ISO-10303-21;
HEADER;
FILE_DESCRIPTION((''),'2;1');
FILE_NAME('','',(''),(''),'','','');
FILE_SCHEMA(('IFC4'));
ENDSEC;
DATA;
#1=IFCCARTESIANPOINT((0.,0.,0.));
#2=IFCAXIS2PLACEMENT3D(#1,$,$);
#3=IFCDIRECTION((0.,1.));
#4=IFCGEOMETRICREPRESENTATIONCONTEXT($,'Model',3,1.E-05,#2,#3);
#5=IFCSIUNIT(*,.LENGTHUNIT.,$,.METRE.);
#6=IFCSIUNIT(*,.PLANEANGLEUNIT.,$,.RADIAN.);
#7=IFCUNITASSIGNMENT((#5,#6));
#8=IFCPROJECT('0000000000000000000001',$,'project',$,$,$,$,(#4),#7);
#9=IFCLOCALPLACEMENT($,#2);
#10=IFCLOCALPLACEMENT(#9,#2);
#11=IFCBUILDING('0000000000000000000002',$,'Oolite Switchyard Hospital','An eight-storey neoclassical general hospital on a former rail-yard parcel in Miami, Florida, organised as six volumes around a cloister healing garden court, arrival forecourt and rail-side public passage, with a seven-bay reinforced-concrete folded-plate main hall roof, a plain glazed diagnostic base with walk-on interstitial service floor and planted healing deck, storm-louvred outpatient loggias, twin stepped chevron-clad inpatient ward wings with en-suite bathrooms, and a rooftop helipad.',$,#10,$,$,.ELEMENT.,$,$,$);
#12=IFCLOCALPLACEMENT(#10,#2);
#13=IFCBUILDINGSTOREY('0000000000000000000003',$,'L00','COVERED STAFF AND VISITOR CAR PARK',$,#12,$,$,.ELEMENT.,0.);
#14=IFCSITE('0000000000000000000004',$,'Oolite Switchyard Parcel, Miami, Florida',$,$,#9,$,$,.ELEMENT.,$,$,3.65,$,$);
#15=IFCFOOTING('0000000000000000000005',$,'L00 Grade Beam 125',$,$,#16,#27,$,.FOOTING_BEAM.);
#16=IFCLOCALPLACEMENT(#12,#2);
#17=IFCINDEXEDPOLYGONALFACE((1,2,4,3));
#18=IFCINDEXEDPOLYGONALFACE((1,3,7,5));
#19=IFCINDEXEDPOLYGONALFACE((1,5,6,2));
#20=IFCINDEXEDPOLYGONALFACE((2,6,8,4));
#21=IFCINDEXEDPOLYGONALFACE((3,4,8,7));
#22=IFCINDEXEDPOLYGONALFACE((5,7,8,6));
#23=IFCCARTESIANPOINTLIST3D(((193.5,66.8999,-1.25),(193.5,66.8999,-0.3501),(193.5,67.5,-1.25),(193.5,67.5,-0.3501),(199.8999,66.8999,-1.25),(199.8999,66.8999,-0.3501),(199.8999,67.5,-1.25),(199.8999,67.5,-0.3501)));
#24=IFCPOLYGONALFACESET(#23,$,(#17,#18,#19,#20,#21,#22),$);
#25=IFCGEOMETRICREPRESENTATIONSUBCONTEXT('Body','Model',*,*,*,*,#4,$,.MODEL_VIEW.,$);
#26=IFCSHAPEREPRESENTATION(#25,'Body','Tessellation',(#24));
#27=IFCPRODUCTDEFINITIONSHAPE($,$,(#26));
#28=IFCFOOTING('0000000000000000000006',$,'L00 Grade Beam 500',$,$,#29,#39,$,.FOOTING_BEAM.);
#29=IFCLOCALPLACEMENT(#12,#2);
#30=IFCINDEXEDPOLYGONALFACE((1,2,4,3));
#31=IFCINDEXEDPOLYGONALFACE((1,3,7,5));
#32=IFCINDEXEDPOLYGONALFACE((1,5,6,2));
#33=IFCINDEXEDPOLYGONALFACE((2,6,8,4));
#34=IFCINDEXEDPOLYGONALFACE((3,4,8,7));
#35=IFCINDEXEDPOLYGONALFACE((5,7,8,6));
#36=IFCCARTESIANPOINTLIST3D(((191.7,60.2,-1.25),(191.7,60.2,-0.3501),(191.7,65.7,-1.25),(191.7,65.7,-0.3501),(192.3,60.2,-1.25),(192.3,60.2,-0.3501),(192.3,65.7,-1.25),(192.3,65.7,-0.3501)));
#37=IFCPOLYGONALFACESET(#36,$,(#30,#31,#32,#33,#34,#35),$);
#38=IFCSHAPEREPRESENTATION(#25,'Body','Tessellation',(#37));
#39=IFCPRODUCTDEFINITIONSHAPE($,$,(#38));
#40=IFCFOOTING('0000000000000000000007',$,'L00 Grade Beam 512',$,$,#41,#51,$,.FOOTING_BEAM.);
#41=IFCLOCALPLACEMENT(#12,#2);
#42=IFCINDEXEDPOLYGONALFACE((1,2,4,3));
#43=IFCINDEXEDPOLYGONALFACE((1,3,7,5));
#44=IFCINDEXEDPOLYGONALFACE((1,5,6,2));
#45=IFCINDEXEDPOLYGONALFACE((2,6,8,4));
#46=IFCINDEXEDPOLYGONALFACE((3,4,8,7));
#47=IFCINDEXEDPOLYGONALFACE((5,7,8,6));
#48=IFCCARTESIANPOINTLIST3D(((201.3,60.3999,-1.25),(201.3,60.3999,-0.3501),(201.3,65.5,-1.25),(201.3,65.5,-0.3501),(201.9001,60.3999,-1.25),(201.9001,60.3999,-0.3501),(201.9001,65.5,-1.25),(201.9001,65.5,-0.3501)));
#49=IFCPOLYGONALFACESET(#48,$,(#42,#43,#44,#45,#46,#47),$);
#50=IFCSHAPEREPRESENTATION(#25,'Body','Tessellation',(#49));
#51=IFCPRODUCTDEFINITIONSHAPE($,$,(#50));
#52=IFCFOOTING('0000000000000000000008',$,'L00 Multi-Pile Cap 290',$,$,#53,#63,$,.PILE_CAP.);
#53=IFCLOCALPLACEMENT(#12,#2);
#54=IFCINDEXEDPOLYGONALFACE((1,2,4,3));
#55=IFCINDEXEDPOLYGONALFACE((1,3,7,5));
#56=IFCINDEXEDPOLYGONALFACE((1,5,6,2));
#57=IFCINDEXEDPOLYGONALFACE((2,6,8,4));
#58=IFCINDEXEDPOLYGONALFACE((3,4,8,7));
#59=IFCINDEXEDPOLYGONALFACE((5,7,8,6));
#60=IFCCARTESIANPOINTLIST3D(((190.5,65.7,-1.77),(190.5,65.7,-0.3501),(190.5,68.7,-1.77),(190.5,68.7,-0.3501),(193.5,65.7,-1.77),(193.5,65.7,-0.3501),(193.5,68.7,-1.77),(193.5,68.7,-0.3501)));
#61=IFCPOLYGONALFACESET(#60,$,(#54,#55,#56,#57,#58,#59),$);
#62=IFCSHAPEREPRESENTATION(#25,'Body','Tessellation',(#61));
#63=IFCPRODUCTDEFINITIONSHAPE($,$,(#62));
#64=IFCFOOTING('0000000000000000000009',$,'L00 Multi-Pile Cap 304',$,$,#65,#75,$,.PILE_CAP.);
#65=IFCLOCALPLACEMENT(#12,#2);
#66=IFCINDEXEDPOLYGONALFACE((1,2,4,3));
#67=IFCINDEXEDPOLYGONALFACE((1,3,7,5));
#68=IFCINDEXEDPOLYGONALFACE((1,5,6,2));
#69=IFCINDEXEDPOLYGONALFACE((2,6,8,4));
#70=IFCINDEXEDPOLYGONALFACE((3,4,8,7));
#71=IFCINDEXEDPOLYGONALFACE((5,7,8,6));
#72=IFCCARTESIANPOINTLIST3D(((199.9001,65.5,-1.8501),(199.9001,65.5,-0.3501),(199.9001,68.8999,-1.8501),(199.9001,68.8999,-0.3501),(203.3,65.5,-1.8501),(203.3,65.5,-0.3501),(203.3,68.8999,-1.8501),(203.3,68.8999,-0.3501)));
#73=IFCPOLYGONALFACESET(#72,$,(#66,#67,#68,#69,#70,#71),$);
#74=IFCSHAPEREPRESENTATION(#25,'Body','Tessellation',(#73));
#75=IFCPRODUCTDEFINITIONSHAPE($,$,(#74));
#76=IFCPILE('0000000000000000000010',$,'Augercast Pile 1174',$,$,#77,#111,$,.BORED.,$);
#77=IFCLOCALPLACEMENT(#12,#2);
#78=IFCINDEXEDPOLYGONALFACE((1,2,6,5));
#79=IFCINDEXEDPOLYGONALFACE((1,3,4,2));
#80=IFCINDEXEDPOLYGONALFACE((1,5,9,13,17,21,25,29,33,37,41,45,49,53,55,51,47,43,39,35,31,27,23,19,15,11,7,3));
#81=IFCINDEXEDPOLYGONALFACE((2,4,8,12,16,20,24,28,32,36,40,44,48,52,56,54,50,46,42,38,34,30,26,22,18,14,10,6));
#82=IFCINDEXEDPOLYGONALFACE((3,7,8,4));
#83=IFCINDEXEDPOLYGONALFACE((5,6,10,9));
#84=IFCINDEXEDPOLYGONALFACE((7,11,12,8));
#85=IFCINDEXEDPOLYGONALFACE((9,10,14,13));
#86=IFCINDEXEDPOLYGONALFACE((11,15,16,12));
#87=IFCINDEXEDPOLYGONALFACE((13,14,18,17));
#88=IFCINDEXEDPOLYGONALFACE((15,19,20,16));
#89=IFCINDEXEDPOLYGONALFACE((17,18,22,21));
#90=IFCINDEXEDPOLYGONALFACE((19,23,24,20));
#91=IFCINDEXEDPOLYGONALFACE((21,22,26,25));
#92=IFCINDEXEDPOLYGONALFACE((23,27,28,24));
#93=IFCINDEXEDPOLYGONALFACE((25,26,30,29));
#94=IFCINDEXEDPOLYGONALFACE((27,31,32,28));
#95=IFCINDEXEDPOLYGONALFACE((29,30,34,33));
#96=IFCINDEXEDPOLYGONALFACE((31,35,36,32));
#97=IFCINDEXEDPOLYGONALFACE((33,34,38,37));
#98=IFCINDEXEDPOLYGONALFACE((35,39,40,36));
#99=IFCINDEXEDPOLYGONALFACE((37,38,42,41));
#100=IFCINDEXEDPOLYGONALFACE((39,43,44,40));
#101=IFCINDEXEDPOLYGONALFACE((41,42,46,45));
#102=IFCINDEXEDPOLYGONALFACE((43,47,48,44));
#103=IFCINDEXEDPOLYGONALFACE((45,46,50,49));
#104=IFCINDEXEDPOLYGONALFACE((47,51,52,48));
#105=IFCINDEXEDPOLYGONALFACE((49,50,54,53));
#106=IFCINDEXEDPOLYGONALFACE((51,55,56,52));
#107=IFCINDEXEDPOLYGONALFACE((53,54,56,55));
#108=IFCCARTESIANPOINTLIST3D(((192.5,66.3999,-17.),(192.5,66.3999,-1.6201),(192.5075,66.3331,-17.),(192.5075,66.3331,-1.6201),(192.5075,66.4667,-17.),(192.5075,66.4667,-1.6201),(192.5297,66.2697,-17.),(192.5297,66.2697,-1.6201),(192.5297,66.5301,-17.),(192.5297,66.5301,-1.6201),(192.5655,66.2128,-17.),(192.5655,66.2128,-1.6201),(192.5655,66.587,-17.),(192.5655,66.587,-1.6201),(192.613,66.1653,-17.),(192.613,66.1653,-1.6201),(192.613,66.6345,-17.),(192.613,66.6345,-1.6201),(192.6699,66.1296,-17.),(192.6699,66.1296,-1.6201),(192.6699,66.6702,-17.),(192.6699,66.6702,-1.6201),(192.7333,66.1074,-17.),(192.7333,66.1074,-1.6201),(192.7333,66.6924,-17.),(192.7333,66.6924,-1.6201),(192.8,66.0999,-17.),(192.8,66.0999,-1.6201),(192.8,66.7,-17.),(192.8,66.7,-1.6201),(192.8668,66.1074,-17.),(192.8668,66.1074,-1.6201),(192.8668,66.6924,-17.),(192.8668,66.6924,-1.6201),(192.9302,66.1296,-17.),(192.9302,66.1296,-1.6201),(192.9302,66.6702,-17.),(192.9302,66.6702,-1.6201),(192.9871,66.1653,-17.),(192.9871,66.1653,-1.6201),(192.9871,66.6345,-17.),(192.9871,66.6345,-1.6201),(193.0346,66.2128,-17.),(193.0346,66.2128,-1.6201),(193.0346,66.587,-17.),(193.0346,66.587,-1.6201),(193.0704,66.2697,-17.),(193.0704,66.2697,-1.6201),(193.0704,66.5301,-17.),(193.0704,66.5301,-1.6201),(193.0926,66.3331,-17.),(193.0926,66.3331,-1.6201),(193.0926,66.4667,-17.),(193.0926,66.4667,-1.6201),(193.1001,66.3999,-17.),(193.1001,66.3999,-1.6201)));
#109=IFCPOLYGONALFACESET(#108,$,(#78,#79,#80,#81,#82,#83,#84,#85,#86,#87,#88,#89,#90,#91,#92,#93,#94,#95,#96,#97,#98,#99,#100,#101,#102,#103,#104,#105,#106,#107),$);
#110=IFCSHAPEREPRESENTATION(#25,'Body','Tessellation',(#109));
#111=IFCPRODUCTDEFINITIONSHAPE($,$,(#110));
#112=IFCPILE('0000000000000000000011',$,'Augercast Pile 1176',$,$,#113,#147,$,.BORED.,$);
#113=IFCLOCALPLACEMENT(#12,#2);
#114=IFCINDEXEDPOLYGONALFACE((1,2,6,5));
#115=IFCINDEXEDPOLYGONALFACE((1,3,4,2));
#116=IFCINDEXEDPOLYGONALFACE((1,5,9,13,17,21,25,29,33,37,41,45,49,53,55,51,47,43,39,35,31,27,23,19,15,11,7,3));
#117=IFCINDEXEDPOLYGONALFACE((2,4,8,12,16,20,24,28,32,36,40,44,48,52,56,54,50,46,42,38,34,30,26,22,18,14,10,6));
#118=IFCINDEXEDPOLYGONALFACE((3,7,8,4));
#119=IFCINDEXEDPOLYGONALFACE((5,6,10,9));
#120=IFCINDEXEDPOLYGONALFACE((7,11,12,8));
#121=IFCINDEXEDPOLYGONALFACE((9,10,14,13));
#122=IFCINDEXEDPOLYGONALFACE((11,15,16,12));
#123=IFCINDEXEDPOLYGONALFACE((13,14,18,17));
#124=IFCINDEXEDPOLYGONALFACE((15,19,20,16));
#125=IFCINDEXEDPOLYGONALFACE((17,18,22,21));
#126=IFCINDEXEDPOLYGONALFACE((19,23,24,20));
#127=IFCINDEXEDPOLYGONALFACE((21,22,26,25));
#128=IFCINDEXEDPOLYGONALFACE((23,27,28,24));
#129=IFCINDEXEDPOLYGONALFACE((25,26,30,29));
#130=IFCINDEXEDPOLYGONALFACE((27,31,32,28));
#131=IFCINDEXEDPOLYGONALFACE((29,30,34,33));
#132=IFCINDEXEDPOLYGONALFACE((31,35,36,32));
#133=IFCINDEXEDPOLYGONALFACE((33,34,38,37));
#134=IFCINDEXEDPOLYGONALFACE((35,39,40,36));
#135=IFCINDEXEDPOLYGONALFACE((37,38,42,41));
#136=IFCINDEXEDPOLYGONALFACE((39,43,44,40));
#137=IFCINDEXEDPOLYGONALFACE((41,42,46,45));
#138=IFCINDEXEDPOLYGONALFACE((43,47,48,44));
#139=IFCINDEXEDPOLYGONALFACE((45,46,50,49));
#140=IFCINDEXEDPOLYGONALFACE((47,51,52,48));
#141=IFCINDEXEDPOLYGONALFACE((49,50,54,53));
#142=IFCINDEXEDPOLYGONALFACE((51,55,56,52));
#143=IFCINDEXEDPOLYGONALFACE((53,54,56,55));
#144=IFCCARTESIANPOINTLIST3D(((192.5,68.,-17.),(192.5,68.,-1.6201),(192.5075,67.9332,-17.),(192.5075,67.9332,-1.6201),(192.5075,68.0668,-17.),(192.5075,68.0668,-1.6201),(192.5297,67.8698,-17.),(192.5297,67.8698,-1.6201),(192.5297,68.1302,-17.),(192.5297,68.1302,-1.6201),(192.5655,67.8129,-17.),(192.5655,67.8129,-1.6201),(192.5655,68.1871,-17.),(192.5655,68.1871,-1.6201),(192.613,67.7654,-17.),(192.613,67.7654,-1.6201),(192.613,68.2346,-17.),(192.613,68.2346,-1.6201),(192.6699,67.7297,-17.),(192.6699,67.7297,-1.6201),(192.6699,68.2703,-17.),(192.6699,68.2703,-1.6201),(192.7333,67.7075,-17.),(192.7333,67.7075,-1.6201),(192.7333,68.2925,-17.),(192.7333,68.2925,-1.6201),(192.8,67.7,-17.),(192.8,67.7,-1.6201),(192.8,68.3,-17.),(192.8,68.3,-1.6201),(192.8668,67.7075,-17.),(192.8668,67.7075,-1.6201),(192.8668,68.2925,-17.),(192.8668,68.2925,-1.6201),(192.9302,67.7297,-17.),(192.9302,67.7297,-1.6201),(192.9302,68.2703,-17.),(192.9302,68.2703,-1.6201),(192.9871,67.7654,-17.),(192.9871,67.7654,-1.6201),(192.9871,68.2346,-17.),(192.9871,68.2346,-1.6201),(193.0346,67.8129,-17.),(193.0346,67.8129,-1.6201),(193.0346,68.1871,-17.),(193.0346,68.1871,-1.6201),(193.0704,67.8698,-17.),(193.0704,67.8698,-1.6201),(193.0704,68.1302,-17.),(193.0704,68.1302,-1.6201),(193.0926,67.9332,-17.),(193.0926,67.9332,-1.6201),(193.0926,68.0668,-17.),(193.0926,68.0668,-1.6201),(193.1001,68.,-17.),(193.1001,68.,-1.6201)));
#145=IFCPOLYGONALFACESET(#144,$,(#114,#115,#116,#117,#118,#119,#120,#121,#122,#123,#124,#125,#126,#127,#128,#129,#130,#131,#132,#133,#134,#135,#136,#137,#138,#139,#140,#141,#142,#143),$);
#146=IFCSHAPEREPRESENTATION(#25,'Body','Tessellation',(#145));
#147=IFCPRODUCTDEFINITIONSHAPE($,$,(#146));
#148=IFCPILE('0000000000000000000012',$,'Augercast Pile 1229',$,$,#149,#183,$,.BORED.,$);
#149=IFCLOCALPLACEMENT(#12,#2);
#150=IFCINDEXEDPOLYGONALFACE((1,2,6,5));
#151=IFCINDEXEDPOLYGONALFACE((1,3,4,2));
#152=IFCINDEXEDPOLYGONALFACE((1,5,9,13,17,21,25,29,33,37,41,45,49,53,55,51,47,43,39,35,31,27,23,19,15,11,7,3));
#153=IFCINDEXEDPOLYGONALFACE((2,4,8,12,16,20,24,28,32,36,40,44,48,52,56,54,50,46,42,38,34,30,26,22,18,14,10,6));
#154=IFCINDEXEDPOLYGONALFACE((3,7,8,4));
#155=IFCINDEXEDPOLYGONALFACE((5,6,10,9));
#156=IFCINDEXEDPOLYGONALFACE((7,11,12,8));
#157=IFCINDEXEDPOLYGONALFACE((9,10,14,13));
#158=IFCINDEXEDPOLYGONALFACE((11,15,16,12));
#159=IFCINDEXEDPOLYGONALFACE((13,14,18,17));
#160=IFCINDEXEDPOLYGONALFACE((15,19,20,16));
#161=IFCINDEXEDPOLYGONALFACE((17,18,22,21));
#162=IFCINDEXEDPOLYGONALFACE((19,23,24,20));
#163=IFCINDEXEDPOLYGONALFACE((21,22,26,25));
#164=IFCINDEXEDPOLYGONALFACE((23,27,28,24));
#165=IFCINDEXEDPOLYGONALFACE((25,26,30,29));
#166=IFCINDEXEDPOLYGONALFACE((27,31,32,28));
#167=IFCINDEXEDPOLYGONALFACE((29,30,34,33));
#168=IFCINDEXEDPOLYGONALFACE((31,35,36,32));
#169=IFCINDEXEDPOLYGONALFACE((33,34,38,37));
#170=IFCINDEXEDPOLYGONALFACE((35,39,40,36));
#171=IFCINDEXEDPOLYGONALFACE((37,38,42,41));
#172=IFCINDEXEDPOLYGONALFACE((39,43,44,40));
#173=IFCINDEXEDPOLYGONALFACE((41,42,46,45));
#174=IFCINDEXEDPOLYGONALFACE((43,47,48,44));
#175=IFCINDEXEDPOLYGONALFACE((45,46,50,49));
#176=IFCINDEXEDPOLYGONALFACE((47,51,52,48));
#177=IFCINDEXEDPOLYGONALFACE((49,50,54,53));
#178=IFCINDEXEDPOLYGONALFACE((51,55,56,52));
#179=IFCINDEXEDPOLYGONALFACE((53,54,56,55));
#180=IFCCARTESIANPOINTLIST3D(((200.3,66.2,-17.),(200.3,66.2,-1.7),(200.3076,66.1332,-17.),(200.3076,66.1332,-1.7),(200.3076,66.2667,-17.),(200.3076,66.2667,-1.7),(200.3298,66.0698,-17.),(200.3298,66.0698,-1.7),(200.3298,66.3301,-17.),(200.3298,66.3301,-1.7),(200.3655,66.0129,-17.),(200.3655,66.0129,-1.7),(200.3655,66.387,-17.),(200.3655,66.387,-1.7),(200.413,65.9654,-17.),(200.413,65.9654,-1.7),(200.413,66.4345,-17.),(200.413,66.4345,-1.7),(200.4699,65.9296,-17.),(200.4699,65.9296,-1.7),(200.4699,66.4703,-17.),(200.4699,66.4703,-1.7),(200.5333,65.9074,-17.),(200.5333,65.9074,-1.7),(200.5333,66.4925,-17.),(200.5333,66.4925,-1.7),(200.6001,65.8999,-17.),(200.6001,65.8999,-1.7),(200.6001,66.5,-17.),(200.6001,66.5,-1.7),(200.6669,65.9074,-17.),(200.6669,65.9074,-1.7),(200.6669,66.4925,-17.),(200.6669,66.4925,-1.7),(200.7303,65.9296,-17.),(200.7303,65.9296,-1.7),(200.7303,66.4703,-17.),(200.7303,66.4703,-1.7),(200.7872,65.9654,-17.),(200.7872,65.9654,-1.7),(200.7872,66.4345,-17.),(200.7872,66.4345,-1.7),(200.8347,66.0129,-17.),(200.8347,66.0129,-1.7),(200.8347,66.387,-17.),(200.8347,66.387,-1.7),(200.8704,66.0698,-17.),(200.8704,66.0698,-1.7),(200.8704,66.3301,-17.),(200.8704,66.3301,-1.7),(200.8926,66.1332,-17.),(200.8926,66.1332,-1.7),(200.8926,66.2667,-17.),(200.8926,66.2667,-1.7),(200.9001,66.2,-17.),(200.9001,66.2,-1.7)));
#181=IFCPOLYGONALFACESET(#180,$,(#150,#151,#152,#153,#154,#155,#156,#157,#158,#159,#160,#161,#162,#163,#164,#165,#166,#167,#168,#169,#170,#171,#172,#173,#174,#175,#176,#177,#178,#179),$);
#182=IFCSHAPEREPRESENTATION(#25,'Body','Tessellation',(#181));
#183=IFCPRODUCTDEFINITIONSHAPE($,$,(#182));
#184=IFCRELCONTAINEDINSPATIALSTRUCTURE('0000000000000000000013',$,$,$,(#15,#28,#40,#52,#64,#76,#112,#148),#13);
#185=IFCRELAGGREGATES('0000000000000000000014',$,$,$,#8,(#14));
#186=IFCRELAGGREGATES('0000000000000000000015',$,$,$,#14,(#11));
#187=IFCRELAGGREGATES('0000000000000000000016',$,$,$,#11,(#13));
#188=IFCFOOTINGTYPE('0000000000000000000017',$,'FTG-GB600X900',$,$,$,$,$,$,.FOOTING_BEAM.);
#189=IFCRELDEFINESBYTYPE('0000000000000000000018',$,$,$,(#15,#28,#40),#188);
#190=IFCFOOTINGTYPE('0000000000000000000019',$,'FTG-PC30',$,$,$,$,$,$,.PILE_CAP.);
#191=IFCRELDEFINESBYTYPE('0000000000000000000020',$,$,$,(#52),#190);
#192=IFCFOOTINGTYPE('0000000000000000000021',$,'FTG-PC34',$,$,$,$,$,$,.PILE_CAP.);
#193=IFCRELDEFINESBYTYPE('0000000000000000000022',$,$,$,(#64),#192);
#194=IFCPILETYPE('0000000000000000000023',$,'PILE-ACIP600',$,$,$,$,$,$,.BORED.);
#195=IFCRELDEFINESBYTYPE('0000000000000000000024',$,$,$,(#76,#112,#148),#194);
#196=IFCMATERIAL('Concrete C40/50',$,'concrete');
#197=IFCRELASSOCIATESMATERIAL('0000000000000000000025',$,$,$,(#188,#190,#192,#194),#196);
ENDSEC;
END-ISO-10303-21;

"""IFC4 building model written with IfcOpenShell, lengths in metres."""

from ifc_helpers import new_model, si_unit, direction, frame, origin, origin_2d, place, context, subcontext, project, spatial, rectangle, circle, extrude, material, material_profile, profile_set, type_object, element, save


model = new_model("IFC4")

# Units and contexts
model_context = context("Model", 3, precision=1e-05, world=origin(), true_north=direction((0.0, 1.0)))
body_context = subcontext(model_context, "Body", "Model", "MODEL_VIEW")
ifc_project = project(units=[si_unit("LENGTHUNIT", "METRE"), si_unit("PLANEANGLEUNIT", "RADIAN")], contexts=[model_context])

# Site, building, storey
site_placement = place(None, origin())
site = spatial("IfcSite", under=ifc_project, at=site_placement, Name="Oolite Switchyard Parcel, Miami, Florida", CompositionType="ELEMENT", RefElevation=3.65)
building_placement = place(site_placement, origin())
building = spatial("IfcBuilding", under=site, at=building_placement, Name="Oolite Switchyard Hospital", Description="An eight-storey neoclassical general hospital on a former rail-yard parcel in Miami, Florida, organised as six volumes around a cloister healing garden court, arrival forecourt and rail-side public passage, with a seven-bay reinforced-concrete folded-plate main hall roof, a plain glazed diagnostic base with walk-on interstitial service floor and planted healing deck, storm-louvred outpatient loggias, twin stepped chevron-clad inpatient ward wings with en-suite bathrooms, and a rooftop helipad.", CompositionType="ELEMENT")
storey_placement = place(building_placement, origin())
storey = spatial("IfcBuildingStorey", under=building, at=storey_placement, Name="L00", Description="COVERED STAFF AND VISITOR CAR PARK", CompositionType="ELEMENT", Elevation=0.0)

# Footings
ifc_material_1 = material(Name="Concrete C40/50", Category="concrete")
footing_type_1 = type_object("IfcFootingType", Name="FTG-GB600X900", PredefinedType="FOOTING_BEAM", material=ifc_material_1)
footing_1_placement = place(storey_placement, frame((196.7, 67.2, -1.25), z_axis=(0.0, 0.0, 1.0), x_axis=(1.0, 0.0, 0.0)))
element("IfcFooting", 1, at=footing_1_placement, inside=storey, type_object=footing_type_1, Name="L00 Grade Beam 125", PredefinedType="FOOTING_BEAM", context=body_context, shape_type="SweptSolid", body=[
    extrude(rectangle(XDim=6.3999, YDim=0.6001, at=origin_2d()), origin(), (0.0, 0.0, 1.0), 0.8999),
])
footing_2_placement = place(storey_placement, frame((192.0, 62.95, -1.25), z_axis=(0.0, 0.0, 1.0), x_axis=(0.0, 1.0, 0.0)))
element("IfcFooting", 2, at=footing_2_placement, inside=storey, type_object=footing_type_1, Name="L00 Grade Beam 500", PredefinedType="FOOTING_BEAM", context=body_context, shape_type="SweptSolid", body=[
    extrude(rectangle(XDim=5.5, YDim=0.6001, at=origin_2d()), origin(), (0.0, 0.0, 1.0), 0.8999),
])
footing_3_placement = place(storey_placement, frame((201.6001, 62.95, -1.25), z_axis=(0.0, 0.0, 1.0), x_axis=(0.0, 1.0, 0.0)))
element("IfcFooting", 3, at=footing_3_placement, inside=storey, type_object=footing_type_1, Name="L00 Grade Beam 512", PredefinedType="FOOTING_BEAM", context=body_context, shape_type="SweptSolid", body=[
    extrude(rectangle(XDim=5.1001, YDim=0.6001, at=origin_2d()), origin(), (0.0, 0.0, 1.0), 0.8999),
])
footing_type_2 = type_object("IfcFootingType", Name="FTG-PC30", PredefinedType="PILE_CAP", material=ifc_material_1)
footing_4_placement = place(storey_placement, frame((192.0, 67.2, -1.77), z_axis=(0.0, 0.0, 1.0), x_axis=(1.0, 0.0, 0.0)))
element("IfcFooting", 4, at=footing_4_placement, inside=storey, type_object=footing_type_2, Name="L00 Multi-Pile Cap 290", PredefinedType="PILE_CAP", context=body_context, shape_type="SweptSolid", body=[
    extrude(rectangle(XDim=3.0, YDim=3.0, at=origin_2d()), origin(), (0.0, 0.0, 1.0), 1.4199),
])
footing_type_3 = type_object("IfcFootingType", Name="FTG-PC34", PredefinedType="PILE_CAP", material=ifc_material_1)
footing_5_placement = place(storey_placement, frame((201.6001, 67.2, -1.8501), z_axis=(0.0, 0.0, 1.0), x_axis=(1.0, 0.0, 0.0)))
element("IfcFooting", 5, at=footing_5_placement, inside=storey, type_object=footing_type_3, Name="L00 Multi-Pile Cap 304", PredefinedType="PILE_CAP", context=body_context, shape_type="SweptSolid", body=[
    extrude(rectangle(XDim=3.3999, YDim=3.3999, at=origin_2d()), origin(), (0.0, 0.0, 1.0), 1.5),
])

# Piles
ifc_material_profile_1 = material_profile(ifc_material_1, circle(Radius=0.3, at=origin_2d()), Name="PILE600")
ifc_profile_set_1 = profile_set([ifc_material_profile_1], Name="Concrete C40/50")
pile_type = type_object("IfcPileType", Name="PILE-ACIP600", PredefinedType="BORED", material=ifc_profile_set_1)
for number, where, z_axis, x_axis, name in (
    (6, (192.8, 66.3999, -1.6201), (0.0, 0.0, -1.0), (1.0, 0.0, 0.0), "Augercast Pile 1174"),
    (7, (192.8, 68.0, -1.6201), (0.0, 0.0, -1.0), (1.0, 0.0, 0.0), "Augercast Pile 1176"),
):
    element("IfcPile", number, at=place(storey_placement, frame(where, z_axis=z_axis, x_axis=x_axis)), inside=storey, type_object=pile_type, Name=name, PredefinedType="BORED", context=body_context, shape_type="SweptSolid", body=[
        extrude(circle(Radius=0.3, at=origin_2d()), origin(), (0.0, 0.0, 1.0), 15.3799),
    ])
for number, where, z_axis, x_axis, name in (
    (8, (200.6001, 66.2, -1.7), (0.0, 0.0, -1.0), (1.0, 0.0, 0.0), "Augercast Pile 1229"),
):
    element("IfcPile", number, at=place(storey_placement, frame(where, z_axis=z_axis, x_axis=x_axis)), inside=storey, type_object=pile_type, Name=name, PredefinedType="BORED", context=body_context, shape_type="SweptSolid", body=[
        extrude(circle(Radius=0.3, at=origin_2d()), origin(), (0.0, 0.0, 1.0), 15.3),
    ])

save(model, "model.ifc")
